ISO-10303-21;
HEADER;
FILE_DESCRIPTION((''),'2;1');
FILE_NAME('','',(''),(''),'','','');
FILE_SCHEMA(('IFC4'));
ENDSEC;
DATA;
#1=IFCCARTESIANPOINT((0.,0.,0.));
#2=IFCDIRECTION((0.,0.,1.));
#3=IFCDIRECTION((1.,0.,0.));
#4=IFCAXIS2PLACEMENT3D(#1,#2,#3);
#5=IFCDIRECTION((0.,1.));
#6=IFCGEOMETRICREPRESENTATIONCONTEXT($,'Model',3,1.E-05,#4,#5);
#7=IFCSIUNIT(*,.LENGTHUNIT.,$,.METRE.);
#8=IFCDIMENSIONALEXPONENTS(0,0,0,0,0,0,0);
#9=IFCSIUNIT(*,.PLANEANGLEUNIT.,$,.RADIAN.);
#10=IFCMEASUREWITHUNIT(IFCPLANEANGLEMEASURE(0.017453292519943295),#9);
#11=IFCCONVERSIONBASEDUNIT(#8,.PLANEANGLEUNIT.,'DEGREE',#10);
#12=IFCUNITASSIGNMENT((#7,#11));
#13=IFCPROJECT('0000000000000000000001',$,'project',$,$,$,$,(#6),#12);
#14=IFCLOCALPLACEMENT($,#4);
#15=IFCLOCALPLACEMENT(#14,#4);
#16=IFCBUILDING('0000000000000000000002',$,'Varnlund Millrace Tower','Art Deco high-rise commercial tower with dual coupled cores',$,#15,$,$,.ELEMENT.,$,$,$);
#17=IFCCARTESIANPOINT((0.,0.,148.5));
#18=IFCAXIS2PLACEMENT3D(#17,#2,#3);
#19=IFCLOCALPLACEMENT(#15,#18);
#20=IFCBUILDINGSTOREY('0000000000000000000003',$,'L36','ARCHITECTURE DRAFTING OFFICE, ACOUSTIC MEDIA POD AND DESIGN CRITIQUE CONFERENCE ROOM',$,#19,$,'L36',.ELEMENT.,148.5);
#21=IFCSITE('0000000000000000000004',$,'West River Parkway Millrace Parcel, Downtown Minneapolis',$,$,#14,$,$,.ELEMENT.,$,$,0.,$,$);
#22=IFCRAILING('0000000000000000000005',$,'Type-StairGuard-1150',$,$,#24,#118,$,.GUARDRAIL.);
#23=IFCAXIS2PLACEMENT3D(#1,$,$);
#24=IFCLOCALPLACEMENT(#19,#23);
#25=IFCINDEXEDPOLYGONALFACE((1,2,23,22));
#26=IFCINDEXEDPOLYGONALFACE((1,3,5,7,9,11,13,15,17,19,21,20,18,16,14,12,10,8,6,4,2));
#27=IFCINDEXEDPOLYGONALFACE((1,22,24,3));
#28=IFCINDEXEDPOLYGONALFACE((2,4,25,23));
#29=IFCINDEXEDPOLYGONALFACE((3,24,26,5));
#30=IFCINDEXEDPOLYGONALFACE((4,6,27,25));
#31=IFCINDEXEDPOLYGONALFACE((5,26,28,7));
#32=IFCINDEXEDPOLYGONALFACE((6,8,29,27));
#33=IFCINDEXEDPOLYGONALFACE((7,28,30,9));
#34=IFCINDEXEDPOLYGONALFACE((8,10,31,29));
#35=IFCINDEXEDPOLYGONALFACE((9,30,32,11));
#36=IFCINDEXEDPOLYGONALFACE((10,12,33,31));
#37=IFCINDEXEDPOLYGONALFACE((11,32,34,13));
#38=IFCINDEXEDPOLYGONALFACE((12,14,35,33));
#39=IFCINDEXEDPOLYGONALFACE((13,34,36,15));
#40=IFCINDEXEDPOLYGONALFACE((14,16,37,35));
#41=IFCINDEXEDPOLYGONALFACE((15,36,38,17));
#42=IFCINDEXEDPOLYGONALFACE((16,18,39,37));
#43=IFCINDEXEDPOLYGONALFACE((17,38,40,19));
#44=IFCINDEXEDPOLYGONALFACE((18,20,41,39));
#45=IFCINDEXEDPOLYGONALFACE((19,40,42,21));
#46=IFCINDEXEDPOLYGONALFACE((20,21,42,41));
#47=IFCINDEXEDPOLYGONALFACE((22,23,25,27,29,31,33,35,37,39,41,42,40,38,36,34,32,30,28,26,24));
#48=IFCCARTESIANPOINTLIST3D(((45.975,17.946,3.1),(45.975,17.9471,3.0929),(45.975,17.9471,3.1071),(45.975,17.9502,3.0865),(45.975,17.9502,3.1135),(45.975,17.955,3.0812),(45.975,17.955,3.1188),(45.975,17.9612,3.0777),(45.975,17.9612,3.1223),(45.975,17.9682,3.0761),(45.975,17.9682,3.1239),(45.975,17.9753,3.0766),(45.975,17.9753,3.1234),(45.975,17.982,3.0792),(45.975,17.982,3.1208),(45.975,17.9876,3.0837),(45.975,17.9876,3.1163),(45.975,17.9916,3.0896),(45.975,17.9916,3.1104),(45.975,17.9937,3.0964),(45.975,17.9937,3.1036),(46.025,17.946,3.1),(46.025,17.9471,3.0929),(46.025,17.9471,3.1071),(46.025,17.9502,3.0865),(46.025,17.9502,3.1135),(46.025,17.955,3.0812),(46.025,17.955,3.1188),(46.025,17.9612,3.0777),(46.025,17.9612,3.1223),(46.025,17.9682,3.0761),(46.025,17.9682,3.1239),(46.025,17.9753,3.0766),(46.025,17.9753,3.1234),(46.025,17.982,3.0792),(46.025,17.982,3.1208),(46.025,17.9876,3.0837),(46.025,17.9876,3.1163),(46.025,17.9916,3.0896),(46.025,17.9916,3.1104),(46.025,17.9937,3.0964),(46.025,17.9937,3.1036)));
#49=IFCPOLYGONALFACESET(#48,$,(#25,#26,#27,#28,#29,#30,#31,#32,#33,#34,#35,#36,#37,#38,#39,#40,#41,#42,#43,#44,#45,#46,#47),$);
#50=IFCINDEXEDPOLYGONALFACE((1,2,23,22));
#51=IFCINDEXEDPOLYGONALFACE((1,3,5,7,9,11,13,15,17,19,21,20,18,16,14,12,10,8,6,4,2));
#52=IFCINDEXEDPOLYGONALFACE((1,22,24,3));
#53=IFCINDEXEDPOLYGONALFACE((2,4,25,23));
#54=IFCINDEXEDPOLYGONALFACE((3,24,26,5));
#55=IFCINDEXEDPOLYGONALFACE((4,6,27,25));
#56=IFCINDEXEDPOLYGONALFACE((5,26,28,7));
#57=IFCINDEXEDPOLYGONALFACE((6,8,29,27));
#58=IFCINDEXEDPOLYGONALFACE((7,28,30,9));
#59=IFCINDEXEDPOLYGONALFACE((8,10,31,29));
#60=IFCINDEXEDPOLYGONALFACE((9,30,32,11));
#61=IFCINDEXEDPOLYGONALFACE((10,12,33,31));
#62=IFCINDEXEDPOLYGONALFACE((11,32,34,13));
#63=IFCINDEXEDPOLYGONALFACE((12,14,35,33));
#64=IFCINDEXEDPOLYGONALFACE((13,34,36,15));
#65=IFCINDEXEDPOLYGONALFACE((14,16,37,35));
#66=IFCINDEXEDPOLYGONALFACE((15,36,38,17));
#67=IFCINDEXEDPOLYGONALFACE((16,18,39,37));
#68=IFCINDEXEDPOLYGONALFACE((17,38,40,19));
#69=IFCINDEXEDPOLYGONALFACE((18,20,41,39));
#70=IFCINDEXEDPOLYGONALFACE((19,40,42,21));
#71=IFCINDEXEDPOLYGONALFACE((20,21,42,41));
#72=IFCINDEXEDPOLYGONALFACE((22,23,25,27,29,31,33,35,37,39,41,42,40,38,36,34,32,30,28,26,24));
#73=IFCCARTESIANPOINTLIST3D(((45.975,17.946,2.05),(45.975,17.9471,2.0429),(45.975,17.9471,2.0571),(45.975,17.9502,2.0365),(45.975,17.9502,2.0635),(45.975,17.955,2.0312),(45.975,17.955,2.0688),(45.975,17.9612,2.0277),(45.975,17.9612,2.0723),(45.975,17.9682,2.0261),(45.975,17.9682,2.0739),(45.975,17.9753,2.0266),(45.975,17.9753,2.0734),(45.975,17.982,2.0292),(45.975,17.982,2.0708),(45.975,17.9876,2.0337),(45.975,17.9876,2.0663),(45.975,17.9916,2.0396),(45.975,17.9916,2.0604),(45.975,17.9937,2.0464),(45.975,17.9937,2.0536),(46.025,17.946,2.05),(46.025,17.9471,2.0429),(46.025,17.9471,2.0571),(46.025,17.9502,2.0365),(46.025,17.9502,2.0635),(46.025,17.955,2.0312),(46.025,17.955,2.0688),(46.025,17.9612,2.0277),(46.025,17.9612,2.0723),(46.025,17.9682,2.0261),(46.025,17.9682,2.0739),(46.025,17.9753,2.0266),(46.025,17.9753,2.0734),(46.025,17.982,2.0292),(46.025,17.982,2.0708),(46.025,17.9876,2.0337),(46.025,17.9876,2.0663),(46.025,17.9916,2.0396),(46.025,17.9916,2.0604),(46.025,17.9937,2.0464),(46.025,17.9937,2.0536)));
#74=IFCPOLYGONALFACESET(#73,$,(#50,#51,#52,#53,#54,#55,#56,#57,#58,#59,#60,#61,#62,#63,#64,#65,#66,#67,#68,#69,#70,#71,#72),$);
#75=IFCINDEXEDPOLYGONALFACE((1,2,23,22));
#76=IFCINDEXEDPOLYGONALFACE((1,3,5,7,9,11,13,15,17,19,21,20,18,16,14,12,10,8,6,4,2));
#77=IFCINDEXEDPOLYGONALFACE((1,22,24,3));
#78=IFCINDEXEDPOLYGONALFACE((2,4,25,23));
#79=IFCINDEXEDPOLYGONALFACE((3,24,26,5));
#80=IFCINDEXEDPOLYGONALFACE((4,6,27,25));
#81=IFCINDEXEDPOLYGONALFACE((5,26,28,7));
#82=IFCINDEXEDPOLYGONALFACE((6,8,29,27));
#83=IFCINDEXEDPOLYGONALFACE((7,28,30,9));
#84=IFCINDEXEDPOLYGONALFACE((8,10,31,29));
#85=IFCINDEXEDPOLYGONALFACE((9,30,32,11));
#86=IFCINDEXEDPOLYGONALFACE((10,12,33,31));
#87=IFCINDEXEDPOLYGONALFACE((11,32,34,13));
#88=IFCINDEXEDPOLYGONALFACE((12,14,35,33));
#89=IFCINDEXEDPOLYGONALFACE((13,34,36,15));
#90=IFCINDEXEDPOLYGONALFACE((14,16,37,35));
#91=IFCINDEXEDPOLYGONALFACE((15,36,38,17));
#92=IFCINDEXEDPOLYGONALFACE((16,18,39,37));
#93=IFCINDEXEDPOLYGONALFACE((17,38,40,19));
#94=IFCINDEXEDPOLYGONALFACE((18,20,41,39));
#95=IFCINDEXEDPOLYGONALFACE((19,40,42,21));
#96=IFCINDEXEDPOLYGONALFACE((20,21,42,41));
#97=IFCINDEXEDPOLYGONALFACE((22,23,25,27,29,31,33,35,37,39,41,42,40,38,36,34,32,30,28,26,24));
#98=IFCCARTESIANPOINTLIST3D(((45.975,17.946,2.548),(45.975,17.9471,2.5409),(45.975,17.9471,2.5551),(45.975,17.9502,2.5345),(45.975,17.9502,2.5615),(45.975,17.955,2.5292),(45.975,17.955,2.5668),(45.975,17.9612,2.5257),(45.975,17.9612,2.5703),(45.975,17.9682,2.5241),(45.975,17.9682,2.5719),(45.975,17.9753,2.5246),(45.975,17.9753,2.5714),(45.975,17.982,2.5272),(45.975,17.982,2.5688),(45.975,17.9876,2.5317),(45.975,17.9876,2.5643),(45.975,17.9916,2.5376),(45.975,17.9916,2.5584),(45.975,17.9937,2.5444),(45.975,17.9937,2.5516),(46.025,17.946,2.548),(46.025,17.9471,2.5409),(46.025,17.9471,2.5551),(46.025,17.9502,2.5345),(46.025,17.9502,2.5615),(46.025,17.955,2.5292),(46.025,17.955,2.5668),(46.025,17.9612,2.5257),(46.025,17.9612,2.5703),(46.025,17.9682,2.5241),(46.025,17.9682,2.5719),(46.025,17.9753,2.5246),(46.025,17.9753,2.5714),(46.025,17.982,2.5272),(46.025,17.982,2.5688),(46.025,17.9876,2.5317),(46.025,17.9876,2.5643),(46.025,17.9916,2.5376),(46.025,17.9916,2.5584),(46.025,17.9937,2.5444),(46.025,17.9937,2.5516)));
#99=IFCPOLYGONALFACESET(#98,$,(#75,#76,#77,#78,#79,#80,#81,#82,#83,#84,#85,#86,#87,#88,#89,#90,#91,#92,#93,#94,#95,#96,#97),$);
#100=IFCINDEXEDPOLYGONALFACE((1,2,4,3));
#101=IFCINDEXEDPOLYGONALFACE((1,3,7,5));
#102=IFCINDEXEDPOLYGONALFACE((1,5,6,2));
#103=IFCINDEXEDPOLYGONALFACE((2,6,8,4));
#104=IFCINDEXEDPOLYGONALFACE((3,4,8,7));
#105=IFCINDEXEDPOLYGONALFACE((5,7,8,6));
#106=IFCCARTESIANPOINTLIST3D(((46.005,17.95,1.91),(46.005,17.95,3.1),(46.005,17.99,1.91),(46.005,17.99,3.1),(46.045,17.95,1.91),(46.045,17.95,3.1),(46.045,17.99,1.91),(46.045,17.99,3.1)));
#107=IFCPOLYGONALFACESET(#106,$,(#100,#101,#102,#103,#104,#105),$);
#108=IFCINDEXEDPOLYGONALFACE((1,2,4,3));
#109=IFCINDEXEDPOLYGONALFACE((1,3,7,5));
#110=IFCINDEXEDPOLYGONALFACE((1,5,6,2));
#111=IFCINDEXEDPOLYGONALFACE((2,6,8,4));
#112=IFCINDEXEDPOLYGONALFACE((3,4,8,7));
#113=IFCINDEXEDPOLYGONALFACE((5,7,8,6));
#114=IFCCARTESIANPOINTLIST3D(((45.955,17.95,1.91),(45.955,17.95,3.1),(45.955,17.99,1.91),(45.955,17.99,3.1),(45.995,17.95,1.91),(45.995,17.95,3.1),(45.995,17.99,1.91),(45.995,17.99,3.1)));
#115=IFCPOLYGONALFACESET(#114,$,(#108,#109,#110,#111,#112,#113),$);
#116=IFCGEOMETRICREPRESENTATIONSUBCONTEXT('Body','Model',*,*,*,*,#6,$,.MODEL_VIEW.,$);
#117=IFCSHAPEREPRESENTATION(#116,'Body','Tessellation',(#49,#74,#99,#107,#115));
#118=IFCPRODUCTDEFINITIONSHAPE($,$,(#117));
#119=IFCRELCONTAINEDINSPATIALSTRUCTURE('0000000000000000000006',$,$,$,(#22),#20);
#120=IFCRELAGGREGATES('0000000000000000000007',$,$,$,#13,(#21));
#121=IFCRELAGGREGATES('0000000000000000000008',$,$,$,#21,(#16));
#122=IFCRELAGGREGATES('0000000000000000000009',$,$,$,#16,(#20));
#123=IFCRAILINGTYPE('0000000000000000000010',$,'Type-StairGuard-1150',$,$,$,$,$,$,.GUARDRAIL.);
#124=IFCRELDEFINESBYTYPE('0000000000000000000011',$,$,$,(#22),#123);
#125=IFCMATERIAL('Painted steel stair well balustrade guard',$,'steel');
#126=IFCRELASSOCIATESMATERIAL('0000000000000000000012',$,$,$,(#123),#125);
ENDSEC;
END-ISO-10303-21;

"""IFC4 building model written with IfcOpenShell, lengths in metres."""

from ifc_helpers import new_model, entity, si_unit, converted_unit, direction, frame, origin_with_axes, origin_2d_with_axis, place, context, subcontext, project, spatial, rectangle, circle, extrude, material, type_object, element, save


model = new_model("IFC4")

# Units and contexts
model_context = context("Model", 3, precision=1e-05, world=origin_with_axes(), true_north=direction((0.0, 1.0)))
body_context = subcontext(model_context, "Body", "Model", "MODEL_VIEW")
ifc_project = project(units=[si_unit("LENGTHUNIT", "METRE"), converted_unit("PLANEANGLEUNIT", "DEGREE", entity("IfcPlaneAngleMeasure", 0.017453292519943295), si_unit("PLANEANGLEUNIT", "RADIAN"), dimensions=[0, 0, 0, 0, 0, 0, 0])], contexts=[model_context])

# Site, building, storey
site_placement = place(None, origin_with_axes())
site = spatial("IfcSite", under=ifc_project, at=site_placement, Name="West River Parkway Millrace Parcel, Downtown Minneapolis", CompositionType="ELEMENT", RefElevation=0.0)
building_placement = place(site_placement, origin_with_axes())
building = spatial("IfcBuilding", under=site, at=building_placement, Name="Varnlund Millrace Tower", Description="Art Deco high-rise commercial tower with dual coupled cores", CompositionType="ELEMENT")
storey_placement = place(building_placement, frame((0.0, 0.0, 148.5), z_axis=(0.0, 0.0, 1.0), x_axis=(1.0, 0.0, 0.0)))
storey = spatial("IfcBuildingStorey", under=building, at=storey_placement, Name="L36", Description="ARCHITECTURE DRAFTING OFFICE, ACOUSTIC MEDIA POD AND DESIGN CRITIQUE CONFERENCE ROOM", LongName="L36", CompositionType="ELEMENT", Elevation=148.5)

# Railing
ifc_material_1 = material(Name="Painted steel stair well balustrade guard", Category="steel")
railing_type_1 = type_object("IfcRailingType", Name="Type-StairGuard-1150", PredefinedType="GUARDRAIL", material=ifc_material_1)
railing_1_placement = place(storey_placement, frame((0.0, 0.0, -148.5), z_axis=(0.0, 0.0, 1.0), x_axis=(1.0, 0.0, 0.0)))
element("IfcRailing", 1, at=railing_1_placement, inside=storey, type_object=railing_type_1, Name="Type-StairGuard-1150", PredefinedType="GUARDRAIL", context=body_context, shape_type="SweptSolid", body=[
    extrude(circle(Radius=0.024, at=origin_2d_with_axis()), frame((46.025, 17.97, 151.6), z_axis=(-1.0, 0.0, 0.0), x_axis=(0.0, -1.0, 0.0)), (0.0, 0.0, 1.0), 0.05),
    extrude(circle(Radius=0.024, at=origin_2d_with_axis()), frame((46.025, 17.97, 150.55), z_axis=(-1.0, 0.0, 0.0), x_axis=(0.0, -1.0, 0.0)), (0.0, 0.0, 1.0), 0.05),
    extrude(circle(Radius=0.024, at=origin_2d_with_axis()), frame((46.025, 17.97, 151.048), z_axis=(-1.0, 0.0, 0.0), x_axis=(0.0, -1.0, 0.0)), (0.0, 0.0, 1.0), 0.05),
    extrude(rectangle(XDim=0.04, YDim=0.04, at=origin_2d_with_axis()), frame((46.025, 17.97, 150.41), z_axis=(0.0, 0.0, 1.0), x_axis=(1.0, 0.0, 0.0)), (0.0, 0.0, 1.0), 1.19),
    extrude(rectangle(XDim=0.04, YDim=0.04, at=origin_2d_with_axis()), frame((45.975, 17.97, 150.41), z_axis=(0.0, 0.0, 1.0), x_axis=(1.0, 0.0, 0.0)), (0.0, 0.0, 1.0), 1.19),
])

save(model, "model.ifc")
